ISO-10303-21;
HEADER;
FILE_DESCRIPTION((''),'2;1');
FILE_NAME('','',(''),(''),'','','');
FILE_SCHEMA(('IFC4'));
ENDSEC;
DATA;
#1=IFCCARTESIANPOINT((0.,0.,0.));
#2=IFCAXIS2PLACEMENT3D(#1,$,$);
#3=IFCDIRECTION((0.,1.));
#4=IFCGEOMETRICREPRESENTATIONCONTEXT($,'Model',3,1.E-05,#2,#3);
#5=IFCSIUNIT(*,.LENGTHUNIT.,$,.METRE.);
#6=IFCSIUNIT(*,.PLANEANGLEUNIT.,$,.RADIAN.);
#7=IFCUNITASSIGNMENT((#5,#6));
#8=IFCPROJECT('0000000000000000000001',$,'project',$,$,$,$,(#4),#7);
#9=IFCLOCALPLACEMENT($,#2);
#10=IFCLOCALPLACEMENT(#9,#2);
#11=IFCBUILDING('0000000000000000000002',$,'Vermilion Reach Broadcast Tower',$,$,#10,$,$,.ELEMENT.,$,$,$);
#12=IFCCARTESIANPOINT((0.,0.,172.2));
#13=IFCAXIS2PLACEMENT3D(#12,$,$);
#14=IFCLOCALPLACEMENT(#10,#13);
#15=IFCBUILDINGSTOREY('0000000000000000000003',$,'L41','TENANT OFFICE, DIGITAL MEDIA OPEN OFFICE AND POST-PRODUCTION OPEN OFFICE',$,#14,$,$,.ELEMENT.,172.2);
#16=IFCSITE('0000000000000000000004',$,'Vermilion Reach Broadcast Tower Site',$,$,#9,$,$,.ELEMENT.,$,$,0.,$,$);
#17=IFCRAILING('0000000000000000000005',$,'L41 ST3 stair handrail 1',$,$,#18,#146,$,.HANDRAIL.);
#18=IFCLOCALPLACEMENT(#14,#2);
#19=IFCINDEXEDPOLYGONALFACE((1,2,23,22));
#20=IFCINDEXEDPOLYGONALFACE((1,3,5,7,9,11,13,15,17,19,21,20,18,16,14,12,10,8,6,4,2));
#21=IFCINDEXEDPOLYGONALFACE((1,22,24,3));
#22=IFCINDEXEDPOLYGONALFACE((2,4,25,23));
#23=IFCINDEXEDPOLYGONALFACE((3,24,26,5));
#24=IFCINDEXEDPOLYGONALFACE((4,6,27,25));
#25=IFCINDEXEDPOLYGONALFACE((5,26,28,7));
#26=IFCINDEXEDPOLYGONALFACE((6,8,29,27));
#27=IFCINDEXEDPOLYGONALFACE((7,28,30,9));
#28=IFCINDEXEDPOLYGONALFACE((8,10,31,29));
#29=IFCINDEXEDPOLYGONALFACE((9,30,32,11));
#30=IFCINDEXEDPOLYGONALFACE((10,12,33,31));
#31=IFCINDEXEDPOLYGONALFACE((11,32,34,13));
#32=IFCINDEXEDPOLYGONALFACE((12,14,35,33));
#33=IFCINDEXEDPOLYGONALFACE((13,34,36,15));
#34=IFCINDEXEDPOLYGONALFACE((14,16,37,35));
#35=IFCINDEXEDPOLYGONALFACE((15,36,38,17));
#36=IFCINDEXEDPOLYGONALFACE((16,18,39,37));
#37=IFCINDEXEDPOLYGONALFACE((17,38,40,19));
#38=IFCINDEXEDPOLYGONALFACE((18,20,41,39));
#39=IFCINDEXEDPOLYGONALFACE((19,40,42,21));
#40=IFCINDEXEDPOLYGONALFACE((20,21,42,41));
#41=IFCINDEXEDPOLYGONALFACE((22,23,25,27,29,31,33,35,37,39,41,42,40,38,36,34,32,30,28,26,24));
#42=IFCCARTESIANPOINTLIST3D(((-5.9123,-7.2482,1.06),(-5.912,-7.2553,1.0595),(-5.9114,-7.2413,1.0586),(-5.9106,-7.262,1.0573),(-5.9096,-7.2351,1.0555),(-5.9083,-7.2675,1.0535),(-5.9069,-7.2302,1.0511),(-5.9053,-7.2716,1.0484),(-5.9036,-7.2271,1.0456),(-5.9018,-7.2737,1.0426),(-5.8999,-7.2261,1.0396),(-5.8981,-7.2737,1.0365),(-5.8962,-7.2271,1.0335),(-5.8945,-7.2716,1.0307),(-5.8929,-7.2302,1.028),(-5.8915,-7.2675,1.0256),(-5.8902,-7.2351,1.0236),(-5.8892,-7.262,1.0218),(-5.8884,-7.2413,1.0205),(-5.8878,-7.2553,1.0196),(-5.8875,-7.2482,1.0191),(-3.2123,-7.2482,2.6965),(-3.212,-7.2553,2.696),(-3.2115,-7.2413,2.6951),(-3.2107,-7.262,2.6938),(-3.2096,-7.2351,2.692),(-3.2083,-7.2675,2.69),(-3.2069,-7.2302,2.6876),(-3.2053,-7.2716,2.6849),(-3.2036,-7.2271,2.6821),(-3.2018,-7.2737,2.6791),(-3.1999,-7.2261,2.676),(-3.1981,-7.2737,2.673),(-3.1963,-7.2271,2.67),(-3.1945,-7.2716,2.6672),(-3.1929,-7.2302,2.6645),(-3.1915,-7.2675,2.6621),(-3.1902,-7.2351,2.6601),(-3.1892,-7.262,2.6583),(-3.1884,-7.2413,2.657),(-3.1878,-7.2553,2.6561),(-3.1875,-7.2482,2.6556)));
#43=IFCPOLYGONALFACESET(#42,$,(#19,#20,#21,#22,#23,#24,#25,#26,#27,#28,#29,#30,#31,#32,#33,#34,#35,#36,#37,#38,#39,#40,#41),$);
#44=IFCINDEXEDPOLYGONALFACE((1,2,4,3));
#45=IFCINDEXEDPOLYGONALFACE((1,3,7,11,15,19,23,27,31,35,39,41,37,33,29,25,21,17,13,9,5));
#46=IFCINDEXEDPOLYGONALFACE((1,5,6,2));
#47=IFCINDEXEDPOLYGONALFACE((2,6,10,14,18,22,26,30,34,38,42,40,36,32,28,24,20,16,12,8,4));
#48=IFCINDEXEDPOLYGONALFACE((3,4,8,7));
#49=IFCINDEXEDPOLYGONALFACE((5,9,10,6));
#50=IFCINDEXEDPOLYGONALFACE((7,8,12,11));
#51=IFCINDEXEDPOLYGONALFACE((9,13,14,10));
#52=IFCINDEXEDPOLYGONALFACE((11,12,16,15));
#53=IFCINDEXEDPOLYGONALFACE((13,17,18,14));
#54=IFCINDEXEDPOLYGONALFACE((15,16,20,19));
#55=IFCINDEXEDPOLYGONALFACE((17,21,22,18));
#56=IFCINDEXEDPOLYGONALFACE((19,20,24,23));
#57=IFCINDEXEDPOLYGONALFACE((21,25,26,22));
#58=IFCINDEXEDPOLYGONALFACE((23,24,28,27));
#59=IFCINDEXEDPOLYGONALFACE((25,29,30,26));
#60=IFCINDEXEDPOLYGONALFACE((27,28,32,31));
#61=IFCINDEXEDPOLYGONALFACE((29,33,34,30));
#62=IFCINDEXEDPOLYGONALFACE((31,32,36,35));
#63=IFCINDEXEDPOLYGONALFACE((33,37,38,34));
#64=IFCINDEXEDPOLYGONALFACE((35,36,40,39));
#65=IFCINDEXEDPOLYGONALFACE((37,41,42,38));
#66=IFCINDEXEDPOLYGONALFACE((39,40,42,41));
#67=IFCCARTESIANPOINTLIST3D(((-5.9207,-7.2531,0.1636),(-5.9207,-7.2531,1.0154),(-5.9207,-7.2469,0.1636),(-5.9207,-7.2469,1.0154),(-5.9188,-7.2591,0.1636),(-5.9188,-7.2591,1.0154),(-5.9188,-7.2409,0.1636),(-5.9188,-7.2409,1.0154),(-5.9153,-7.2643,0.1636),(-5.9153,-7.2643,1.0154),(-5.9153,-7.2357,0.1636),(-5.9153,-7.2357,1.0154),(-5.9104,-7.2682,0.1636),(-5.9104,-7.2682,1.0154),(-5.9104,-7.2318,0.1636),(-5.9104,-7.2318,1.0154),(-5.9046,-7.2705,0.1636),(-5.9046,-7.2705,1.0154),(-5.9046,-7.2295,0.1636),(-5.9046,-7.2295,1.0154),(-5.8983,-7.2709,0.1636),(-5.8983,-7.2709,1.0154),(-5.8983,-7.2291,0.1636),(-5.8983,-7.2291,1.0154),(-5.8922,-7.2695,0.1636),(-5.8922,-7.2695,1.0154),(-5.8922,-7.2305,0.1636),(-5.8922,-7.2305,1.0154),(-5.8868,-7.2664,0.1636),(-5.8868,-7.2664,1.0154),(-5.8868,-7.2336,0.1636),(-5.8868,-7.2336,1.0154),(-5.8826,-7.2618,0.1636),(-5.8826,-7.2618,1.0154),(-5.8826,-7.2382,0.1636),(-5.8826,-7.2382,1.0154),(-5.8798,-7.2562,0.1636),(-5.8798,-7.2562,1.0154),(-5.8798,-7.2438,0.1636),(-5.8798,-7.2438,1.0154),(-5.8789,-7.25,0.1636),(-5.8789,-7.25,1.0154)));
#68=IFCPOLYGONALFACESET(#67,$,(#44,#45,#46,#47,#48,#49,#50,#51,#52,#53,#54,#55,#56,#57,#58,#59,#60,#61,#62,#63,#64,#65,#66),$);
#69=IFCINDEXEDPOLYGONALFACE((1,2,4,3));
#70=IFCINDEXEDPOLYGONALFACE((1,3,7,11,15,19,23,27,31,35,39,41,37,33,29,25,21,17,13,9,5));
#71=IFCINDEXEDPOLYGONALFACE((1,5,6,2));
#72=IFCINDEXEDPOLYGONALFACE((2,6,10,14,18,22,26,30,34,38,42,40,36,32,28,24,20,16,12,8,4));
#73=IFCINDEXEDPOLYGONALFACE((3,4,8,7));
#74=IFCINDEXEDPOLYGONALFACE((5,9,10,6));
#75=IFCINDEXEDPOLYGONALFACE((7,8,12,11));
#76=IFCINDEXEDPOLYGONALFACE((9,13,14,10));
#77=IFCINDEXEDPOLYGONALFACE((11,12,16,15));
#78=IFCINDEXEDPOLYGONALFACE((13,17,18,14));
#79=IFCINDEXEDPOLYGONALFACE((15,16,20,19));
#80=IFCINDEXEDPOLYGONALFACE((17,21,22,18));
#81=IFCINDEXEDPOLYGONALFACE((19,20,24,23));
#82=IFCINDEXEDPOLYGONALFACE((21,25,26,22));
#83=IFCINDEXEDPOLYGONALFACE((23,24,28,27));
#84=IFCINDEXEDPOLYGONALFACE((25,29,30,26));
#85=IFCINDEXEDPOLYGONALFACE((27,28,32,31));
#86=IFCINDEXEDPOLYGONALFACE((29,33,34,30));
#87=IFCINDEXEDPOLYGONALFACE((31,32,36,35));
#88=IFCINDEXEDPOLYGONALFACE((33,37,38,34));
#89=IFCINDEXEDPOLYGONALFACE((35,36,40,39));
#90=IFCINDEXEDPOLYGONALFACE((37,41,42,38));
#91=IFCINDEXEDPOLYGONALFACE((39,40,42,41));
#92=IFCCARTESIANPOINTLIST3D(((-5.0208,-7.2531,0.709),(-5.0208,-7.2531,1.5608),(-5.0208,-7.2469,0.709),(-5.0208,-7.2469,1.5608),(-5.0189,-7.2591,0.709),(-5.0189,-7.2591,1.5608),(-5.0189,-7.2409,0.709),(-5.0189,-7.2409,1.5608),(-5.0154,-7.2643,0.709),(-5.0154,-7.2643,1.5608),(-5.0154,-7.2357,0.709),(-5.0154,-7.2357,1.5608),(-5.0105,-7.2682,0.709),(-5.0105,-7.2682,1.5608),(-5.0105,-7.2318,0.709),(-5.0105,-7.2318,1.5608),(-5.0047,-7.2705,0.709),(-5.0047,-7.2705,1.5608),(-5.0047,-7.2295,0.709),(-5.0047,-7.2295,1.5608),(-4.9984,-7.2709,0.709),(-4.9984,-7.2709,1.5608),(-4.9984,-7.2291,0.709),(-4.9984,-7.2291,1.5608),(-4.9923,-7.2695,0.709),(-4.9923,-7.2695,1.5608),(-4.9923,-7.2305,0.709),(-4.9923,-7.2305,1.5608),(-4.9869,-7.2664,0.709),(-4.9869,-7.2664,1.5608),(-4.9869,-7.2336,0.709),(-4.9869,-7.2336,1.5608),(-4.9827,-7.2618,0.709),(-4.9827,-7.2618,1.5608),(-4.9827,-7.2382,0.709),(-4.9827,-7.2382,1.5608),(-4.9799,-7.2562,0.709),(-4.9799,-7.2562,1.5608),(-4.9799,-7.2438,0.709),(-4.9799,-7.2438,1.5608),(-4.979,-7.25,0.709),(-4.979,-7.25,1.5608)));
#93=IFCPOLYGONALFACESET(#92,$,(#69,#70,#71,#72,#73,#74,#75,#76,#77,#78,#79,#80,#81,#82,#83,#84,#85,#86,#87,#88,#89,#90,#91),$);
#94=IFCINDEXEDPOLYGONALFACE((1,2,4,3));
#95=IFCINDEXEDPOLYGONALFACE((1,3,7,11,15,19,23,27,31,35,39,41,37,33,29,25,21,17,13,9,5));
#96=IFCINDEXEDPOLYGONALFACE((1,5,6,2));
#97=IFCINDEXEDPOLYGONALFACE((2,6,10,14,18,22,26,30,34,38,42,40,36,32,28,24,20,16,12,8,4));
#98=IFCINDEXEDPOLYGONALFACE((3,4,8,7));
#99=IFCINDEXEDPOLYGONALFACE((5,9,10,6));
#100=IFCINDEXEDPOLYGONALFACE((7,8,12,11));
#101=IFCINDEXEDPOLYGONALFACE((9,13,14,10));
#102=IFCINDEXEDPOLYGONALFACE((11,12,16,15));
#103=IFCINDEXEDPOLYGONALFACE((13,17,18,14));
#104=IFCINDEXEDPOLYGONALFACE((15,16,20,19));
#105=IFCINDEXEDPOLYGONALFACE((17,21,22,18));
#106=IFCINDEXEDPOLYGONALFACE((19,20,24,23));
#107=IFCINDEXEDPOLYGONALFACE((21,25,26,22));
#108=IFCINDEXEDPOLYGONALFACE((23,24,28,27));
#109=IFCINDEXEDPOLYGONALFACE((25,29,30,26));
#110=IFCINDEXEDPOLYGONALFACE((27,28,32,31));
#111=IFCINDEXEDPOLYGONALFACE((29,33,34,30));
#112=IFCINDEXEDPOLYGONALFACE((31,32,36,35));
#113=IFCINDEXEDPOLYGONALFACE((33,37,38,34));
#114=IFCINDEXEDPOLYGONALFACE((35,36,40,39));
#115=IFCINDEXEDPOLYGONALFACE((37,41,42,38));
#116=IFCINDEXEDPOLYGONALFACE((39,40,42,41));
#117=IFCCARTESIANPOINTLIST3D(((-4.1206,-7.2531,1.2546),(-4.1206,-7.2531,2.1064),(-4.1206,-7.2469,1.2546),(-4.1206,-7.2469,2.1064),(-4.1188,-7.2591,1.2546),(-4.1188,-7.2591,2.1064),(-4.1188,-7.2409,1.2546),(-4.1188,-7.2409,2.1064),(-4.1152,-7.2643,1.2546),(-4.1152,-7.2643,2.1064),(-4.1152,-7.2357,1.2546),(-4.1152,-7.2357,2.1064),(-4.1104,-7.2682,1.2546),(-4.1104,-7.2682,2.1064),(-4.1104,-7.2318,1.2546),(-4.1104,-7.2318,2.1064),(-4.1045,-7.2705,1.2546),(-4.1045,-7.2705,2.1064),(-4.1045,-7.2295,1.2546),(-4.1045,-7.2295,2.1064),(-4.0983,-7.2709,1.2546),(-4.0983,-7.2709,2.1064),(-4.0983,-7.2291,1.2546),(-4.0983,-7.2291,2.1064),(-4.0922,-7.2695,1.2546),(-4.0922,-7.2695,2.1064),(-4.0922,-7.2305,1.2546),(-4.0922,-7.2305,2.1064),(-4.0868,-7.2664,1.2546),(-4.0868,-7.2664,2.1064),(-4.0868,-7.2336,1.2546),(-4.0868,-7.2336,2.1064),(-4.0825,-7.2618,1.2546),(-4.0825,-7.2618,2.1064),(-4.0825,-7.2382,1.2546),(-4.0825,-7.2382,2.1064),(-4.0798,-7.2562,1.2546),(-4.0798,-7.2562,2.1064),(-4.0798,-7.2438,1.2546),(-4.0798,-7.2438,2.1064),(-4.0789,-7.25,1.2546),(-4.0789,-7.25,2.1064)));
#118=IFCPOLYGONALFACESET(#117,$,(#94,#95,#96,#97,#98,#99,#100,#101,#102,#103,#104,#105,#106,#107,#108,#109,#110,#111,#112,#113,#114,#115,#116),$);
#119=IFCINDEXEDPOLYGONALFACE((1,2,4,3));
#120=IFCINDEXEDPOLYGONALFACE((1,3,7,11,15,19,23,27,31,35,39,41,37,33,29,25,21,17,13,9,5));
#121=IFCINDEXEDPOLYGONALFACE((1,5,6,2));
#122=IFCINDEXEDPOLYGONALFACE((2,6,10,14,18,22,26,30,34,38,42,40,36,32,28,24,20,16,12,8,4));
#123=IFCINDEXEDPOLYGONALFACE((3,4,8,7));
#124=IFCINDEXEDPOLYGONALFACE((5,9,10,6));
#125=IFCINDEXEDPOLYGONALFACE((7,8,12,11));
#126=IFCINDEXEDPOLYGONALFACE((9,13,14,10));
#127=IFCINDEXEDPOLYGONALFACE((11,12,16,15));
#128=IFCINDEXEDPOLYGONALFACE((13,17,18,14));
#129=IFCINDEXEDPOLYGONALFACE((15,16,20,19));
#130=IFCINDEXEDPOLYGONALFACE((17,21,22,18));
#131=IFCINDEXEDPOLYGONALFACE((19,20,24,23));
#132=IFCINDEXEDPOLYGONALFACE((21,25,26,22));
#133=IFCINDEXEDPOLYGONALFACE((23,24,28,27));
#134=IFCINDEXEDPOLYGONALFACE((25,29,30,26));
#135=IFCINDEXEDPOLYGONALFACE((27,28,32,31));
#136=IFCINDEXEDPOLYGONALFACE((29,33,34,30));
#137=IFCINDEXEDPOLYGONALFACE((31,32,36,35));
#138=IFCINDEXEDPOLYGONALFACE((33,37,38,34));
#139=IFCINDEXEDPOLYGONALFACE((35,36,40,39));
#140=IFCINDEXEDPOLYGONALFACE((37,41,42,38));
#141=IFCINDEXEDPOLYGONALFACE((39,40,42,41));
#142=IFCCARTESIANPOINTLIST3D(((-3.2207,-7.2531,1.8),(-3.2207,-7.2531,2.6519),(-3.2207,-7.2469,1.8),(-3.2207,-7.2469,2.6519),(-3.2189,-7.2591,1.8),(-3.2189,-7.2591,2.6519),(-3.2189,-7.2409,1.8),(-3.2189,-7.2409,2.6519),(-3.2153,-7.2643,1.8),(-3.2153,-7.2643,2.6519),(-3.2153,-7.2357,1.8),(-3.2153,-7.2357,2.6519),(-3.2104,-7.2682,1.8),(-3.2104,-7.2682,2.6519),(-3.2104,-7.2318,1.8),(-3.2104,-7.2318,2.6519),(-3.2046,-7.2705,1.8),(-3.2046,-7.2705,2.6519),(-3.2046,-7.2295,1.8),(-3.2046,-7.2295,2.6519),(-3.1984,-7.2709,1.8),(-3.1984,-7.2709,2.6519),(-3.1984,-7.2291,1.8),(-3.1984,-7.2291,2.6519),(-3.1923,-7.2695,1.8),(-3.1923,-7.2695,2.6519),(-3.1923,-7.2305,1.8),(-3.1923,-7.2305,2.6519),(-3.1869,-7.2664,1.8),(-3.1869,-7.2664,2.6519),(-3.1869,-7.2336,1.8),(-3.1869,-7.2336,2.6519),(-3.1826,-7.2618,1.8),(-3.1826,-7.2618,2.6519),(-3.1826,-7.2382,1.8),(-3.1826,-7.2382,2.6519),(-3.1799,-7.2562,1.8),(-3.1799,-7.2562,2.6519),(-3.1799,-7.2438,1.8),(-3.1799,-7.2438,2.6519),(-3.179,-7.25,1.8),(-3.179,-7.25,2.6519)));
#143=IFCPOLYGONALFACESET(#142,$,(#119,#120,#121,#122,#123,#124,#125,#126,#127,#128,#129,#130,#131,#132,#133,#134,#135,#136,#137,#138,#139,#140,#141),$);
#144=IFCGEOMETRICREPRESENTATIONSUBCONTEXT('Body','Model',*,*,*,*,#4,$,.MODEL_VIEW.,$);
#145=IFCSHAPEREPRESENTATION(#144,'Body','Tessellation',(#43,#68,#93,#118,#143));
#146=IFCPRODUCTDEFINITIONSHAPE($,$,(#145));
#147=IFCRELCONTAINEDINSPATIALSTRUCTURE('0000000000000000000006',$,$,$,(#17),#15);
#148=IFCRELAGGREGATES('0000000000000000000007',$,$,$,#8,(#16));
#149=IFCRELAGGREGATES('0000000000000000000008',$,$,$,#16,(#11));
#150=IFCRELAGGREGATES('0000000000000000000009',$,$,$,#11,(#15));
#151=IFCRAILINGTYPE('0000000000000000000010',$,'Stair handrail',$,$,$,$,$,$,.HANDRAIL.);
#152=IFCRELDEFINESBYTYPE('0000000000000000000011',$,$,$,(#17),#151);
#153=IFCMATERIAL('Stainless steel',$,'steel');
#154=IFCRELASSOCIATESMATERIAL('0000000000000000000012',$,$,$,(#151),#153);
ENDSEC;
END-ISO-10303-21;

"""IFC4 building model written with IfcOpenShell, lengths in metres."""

from ifc_helpers import new_model, si_unit, direction, frame, origin, origin_2d, place, context, subcontext, project, spatial, circle, extrude, material, type_object, element, save


model = new_model("IFC4")

# Units and contexts
model_context = context("Model", 3, precision=1e-05, world=origin(), true_north=direction((0.0, 1.0)))
body_context = subcontext(model_context, "Body", "Model", "MODEL_VIEW")
ifc_project = project(units=[si_unit("LENGTHUNIT", "METRE"), si_unit("PLANEANGLEUNIT", "RADIAN")], contexts=[model_context])

# Site, building, storey
site_placement = place(None, origin())
site = spatial("IfcSite", under=ifc_project, at=site_placement, Name="Vermilion Reach Broadcast Tower Site", CompositionType="ELEMENT", RefElevation=0.0)
building_placement = place(site_placement, origin())
building = spatial("IfcBuilding", under=site, at=building_placement, Name="Vermilion Reach Broadcast Tower", CompositionType="ELEMENT")
storey_placement = place(building_placement, frame((0.0, 0.0, 172.2)))
storey = spatial("IfcBuildingStorey", under=building, at=storey_placement, Name="L41", Description="TENANT OFFICE, DIGITAL MEDIA OPEN OFFICE AND POST-PRODUCTION OPEN OFFICE", CompositionType="ELEMENT", Elevation=172.2)

# Railing
ifc_material_1 = material(Name="Stainless steel", Category="steel")
railing_type_1 = type_object("IfcRailingType", Name="Stair handrail", PredefinedType="HANDRAIL", material=ifc_material_1)
railing_1_placement = place(storey_placement, frame((-5.8999, -7.25, 0.1636)))
element("IfcRailing", 1, at=railing_1_placement, inside=storey, type_object=railing_type_1, Name="L41 ST3 stair handrail 1", PredefinedType="HANDRAIL", context=body_context, shape_type="SweptSolid", body=[
    extrude(circle(Radius=0.0239, at=origin_2d()), frame((0.0, 0.0, 0.876), z_axis=(0.855178, 0.0, 0.518334), x_axis=(0.0, 1.0, 0.0)), (0.0, 0.0, 1.0), 3.1572),
    extrude(circle(Radius=0.021, at=origin_2d()), origin(), (0.0, 0.0, 1.0), 0.8518),
    extrude(circle(Radius=0.021, at=origin_2d()), frame((0.8999, 0.0, 0.5454)), (0.0, 0.0, 1.0), 0.8518),
    extrude(circle(Radius=0.021, at=origin_2d()), frame((1.8, 0.0, 1.0911)), (0.0, 0.0, 1.0), 0.8518),
    extrude(circle(Radius=0.021, at=origin_2d()), frame((2.7, 0.0, 1.6365)), (0.0, 0.0, 1.0), 0.8518),
])

save(model, "model.ifc")
